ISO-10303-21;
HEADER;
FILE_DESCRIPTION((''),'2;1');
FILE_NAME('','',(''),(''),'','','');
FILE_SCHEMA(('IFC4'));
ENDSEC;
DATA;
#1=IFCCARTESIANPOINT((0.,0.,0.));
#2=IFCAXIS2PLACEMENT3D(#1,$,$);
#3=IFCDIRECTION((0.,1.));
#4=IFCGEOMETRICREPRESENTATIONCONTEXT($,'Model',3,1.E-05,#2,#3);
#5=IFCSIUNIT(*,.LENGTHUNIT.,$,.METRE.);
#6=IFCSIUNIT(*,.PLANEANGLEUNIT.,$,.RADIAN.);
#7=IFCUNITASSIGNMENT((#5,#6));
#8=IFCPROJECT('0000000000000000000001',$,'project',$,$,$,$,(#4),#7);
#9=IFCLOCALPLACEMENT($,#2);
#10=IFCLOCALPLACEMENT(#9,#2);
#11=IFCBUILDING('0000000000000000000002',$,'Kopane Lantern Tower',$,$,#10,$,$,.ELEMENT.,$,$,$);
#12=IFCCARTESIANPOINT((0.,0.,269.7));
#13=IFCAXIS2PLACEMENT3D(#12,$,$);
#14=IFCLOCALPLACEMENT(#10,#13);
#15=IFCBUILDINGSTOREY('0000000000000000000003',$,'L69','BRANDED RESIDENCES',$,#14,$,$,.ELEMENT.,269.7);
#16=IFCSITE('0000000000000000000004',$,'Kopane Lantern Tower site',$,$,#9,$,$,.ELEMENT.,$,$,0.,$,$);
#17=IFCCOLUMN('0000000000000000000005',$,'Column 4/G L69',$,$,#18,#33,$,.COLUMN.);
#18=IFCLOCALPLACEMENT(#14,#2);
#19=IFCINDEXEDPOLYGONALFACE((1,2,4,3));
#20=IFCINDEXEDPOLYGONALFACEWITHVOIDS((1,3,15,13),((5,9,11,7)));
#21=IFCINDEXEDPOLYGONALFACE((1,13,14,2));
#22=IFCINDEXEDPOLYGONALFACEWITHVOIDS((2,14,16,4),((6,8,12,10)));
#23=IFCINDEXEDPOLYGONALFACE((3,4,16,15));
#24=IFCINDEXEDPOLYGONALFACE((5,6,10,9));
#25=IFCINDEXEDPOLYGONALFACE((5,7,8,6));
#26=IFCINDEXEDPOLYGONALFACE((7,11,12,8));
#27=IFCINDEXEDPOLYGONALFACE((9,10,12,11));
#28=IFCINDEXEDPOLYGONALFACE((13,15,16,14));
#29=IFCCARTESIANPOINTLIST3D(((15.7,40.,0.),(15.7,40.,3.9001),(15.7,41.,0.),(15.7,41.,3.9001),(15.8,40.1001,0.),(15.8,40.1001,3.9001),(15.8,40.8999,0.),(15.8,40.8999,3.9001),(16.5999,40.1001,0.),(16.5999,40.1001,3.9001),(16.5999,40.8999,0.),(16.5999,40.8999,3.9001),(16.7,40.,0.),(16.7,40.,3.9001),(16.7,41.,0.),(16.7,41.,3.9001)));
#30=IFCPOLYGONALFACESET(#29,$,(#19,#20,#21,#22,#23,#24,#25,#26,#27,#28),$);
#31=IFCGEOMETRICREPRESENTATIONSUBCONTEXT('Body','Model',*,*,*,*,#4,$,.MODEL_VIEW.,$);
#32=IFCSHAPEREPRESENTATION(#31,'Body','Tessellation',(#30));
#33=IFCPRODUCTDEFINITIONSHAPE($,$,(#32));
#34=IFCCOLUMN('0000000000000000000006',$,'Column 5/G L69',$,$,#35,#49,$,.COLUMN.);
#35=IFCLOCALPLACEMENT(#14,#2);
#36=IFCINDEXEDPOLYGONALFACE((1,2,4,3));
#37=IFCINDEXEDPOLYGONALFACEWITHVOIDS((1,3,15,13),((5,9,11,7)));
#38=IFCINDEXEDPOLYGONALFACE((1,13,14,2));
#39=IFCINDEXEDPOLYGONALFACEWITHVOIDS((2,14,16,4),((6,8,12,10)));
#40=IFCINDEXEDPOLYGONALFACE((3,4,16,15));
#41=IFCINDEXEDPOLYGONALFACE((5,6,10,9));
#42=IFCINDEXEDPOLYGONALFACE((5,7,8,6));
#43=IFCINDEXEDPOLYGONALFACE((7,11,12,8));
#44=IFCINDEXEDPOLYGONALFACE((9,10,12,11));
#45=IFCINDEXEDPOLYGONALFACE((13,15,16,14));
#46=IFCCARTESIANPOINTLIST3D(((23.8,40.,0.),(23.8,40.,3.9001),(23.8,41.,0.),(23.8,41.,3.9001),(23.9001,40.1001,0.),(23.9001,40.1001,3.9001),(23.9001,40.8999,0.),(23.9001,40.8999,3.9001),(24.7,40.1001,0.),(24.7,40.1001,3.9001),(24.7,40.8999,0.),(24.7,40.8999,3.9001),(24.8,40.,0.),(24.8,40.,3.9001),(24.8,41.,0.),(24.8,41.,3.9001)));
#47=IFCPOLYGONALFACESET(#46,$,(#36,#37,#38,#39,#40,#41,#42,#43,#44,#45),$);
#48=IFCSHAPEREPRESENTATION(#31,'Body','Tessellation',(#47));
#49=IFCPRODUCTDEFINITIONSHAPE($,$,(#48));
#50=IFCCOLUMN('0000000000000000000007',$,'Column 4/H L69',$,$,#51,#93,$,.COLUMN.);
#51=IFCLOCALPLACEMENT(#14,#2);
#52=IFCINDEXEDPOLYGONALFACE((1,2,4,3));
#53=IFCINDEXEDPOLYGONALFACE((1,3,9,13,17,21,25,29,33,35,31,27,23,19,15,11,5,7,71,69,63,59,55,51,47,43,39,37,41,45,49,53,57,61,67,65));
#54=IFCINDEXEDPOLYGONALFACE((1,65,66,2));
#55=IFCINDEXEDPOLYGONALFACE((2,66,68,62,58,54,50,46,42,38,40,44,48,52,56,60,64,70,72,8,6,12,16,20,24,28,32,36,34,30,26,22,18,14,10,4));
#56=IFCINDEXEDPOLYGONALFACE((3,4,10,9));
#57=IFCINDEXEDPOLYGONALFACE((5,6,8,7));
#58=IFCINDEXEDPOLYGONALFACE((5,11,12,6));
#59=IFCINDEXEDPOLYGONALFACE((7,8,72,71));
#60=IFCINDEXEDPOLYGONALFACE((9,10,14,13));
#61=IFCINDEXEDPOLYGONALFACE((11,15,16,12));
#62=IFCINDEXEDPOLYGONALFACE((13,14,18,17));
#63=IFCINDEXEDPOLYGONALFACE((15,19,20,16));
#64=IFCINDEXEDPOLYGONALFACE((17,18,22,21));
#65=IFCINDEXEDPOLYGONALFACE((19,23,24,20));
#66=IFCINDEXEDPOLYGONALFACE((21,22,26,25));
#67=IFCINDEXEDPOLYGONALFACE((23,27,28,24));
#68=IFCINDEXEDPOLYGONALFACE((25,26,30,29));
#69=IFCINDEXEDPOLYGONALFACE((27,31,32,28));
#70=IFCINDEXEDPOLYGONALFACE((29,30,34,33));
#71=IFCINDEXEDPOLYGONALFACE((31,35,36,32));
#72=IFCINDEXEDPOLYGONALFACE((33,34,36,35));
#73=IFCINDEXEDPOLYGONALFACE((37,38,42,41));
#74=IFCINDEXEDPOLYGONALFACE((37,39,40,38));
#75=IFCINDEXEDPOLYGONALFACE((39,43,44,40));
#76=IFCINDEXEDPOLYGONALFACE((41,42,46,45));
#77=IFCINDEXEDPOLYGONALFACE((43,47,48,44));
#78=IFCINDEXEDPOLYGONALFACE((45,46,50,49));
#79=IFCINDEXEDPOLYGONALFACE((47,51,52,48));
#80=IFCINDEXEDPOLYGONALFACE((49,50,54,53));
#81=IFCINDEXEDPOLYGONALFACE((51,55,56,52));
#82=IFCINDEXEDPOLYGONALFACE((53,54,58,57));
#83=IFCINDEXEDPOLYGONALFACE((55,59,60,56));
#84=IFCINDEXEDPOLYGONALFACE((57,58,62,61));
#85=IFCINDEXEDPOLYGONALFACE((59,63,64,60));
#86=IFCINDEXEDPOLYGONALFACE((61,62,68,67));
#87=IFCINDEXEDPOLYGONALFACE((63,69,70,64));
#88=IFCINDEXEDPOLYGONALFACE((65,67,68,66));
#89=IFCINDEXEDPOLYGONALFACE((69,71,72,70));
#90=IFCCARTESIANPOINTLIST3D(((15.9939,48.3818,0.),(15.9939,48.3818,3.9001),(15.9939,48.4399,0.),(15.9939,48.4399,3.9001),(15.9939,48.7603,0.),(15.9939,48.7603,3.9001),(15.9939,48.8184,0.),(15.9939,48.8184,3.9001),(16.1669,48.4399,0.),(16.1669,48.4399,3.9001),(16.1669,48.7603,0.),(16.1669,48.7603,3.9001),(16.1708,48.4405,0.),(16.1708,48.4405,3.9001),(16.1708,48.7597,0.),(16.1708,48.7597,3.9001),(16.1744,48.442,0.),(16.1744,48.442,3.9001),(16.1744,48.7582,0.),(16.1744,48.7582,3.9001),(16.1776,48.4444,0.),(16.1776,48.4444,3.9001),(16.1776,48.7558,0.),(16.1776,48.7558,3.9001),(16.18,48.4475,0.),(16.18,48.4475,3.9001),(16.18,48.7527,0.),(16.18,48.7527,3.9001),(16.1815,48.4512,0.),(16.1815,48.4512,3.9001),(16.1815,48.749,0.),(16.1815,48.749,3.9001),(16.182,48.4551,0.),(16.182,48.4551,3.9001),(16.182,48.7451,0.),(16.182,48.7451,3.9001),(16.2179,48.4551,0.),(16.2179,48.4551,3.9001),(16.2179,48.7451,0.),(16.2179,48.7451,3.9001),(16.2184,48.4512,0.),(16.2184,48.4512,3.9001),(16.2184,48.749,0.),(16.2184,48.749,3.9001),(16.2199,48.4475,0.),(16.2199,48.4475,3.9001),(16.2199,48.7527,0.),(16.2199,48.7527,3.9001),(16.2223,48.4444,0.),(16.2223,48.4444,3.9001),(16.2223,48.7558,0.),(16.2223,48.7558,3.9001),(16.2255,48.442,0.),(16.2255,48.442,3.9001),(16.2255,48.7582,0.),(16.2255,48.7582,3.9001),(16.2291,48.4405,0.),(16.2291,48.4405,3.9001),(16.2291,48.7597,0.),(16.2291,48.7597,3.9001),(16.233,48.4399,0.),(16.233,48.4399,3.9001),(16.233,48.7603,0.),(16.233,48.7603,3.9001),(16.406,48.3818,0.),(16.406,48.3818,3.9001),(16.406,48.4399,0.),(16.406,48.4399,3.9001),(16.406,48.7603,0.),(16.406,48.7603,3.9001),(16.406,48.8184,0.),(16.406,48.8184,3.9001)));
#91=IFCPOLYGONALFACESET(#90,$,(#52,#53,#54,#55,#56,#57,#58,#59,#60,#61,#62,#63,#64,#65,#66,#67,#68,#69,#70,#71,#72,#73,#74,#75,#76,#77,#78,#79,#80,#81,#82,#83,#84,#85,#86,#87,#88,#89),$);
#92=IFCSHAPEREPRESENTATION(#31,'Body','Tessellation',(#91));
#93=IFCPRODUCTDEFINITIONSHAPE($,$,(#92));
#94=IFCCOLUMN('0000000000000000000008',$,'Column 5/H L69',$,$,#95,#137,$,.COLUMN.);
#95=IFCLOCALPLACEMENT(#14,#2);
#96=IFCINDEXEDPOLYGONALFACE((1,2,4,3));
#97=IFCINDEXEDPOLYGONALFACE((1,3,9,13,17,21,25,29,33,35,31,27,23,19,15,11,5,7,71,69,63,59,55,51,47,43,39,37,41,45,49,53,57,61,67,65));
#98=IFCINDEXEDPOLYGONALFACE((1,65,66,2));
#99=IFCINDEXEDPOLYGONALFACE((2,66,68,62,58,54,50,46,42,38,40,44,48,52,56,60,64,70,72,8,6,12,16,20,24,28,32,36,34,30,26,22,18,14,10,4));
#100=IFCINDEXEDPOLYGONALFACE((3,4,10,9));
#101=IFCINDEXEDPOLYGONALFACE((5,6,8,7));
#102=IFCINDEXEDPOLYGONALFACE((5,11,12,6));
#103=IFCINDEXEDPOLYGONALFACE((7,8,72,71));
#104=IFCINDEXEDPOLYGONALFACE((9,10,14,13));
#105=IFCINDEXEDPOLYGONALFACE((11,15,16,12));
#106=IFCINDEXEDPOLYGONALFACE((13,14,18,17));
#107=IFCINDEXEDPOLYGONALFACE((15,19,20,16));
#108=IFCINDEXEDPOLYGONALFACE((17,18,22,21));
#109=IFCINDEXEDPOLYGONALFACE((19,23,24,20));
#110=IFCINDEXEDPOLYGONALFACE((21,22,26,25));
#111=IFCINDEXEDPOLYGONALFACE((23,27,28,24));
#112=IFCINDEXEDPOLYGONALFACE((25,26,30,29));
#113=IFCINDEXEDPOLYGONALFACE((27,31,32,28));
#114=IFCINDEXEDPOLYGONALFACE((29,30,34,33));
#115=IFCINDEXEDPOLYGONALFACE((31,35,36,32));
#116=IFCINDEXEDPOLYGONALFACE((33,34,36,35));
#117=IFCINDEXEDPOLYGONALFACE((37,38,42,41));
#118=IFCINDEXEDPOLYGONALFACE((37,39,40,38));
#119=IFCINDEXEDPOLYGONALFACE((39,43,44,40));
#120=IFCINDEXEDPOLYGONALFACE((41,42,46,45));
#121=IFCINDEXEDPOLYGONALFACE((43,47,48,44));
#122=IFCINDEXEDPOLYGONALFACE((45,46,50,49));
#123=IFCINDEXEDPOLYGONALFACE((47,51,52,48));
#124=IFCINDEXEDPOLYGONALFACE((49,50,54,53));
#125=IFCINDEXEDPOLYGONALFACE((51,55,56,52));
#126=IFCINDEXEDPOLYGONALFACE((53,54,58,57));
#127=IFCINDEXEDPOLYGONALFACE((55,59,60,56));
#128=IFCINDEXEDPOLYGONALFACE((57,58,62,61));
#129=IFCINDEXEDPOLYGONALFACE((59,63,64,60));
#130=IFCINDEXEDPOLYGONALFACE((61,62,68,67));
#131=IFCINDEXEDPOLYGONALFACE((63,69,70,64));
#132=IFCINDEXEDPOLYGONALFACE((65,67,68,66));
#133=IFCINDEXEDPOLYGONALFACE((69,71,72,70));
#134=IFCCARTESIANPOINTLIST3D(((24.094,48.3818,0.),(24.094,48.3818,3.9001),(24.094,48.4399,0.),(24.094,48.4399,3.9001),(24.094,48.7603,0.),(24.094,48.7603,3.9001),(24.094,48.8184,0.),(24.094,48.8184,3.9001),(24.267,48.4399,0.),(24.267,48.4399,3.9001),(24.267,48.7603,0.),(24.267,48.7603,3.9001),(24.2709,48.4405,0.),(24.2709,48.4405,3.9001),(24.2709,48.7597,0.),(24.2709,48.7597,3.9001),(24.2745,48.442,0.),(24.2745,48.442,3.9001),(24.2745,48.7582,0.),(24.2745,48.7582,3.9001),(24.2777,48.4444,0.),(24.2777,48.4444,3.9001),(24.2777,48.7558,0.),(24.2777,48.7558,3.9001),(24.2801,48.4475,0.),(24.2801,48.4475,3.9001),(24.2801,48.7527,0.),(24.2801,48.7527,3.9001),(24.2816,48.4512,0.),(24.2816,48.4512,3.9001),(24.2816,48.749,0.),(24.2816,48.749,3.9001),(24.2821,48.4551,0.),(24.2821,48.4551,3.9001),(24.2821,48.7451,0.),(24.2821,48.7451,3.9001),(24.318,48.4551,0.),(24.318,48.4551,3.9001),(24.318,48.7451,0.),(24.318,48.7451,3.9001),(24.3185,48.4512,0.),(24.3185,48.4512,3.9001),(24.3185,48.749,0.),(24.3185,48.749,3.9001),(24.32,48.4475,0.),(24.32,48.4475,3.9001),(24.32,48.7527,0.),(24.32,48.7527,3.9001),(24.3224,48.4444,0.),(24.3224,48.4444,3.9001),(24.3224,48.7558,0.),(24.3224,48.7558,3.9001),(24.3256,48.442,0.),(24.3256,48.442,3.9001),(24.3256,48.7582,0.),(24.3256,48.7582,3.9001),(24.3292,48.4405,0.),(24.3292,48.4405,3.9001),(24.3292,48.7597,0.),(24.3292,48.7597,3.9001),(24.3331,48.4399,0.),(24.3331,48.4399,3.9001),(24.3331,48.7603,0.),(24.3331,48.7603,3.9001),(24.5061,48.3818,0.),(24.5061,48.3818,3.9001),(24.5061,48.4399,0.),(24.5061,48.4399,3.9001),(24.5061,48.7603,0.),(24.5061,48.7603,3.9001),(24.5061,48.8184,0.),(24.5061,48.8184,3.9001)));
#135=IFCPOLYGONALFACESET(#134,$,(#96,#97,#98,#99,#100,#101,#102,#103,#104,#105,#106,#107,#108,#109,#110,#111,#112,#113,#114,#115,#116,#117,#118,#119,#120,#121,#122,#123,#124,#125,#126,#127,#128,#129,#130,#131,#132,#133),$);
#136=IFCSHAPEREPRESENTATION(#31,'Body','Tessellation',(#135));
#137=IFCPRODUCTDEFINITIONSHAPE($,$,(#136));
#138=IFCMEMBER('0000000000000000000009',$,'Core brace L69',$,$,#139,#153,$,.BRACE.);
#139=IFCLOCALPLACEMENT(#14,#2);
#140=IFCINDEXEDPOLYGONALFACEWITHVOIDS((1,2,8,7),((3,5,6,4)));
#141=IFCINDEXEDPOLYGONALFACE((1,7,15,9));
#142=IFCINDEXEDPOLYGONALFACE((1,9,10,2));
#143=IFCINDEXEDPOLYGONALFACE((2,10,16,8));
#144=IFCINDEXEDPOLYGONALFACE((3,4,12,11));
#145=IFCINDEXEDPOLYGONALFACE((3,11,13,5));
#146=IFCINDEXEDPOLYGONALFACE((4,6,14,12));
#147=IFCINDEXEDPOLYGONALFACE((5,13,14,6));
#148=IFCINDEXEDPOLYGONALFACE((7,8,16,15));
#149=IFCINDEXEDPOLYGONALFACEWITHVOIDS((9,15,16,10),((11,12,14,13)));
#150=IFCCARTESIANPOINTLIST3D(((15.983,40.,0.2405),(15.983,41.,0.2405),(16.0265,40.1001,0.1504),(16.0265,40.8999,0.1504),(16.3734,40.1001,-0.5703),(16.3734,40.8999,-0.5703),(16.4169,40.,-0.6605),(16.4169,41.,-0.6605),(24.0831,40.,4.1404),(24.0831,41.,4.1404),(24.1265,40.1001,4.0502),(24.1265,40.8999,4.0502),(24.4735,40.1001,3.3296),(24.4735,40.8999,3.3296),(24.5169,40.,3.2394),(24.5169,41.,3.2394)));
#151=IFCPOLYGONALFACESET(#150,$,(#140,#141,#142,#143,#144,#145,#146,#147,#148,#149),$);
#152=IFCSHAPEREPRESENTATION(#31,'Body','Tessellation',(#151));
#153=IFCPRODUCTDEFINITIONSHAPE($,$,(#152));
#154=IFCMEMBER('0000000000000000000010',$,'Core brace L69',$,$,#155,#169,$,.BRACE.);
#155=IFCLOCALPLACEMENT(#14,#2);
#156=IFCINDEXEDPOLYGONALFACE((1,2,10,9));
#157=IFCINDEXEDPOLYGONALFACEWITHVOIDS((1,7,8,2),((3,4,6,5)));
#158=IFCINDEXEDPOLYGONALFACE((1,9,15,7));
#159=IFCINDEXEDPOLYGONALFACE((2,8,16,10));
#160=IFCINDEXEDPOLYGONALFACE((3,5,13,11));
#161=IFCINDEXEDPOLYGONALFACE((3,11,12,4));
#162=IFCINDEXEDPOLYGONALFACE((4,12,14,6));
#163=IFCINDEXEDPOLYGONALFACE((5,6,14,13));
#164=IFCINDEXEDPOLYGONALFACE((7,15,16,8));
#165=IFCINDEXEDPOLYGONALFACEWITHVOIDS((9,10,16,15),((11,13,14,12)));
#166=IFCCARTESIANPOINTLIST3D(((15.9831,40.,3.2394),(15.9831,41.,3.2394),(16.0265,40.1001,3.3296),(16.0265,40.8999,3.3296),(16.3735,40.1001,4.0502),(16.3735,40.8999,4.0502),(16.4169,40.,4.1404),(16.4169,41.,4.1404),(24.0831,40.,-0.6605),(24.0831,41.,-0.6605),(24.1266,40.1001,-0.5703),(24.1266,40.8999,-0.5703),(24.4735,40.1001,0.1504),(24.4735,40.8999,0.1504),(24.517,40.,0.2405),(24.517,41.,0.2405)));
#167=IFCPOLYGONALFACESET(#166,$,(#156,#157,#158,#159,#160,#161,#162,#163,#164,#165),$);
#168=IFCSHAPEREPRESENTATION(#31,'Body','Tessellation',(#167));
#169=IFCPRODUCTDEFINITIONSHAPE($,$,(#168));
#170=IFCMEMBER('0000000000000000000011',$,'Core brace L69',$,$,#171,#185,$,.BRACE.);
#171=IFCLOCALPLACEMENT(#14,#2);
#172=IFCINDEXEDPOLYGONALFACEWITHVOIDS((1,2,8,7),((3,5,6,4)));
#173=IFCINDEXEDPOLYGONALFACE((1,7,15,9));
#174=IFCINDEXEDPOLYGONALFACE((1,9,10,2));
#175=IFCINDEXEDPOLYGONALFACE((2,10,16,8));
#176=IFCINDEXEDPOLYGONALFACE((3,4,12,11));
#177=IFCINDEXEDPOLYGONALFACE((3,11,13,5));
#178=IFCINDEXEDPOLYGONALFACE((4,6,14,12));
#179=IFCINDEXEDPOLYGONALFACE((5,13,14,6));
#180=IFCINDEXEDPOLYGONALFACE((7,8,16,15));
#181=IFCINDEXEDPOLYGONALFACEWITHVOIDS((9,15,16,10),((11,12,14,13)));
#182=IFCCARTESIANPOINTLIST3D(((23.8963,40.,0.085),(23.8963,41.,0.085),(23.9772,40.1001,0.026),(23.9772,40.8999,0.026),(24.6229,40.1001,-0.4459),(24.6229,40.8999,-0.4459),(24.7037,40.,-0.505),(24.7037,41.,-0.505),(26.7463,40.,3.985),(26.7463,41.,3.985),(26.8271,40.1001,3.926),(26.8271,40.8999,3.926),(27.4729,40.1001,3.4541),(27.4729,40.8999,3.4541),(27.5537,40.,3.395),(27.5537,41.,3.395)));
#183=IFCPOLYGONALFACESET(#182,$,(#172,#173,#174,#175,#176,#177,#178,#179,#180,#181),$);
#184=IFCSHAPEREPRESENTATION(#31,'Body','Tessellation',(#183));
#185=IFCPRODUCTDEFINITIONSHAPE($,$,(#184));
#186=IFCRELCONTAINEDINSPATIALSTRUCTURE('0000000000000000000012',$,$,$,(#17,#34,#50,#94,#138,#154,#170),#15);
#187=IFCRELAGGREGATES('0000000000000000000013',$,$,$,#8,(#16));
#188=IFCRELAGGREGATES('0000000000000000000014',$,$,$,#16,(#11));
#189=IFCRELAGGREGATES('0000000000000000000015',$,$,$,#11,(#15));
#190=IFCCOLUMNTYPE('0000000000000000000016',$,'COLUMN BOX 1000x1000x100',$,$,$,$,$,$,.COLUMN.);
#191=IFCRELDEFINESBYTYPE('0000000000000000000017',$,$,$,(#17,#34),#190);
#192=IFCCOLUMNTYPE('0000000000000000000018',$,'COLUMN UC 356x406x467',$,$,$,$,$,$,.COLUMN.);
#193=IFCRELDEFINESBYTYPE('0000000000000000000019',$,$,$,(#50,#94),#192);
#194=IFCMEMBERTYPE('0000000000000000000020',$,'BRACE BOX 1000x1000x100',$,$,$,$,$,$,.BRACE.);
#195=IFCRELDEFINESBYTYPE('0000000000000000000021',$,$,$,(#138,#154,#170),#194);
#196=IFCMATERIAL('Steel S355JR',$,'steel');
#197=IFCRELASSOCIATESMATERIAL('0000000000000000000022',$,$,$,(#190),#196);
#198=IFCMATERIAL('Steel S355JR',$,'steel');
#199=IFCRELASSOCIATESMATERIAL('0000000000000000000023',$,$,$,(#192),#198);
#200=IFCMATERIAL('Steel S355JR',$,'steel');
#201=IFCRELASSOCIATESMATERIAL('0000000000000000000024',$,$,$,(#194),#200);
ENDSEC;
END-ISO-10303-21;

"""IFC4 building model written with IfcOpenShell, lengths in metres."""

from ifc_helpers import new_model, si_unit, direction, frame, origin, origin_2d, place, context, subcontext, project, spatial, hollow_rectangle, i_section, extrude, material, material_profile, profile_set, type_object, element, save


model = new_model("IFC4")

# Units and contexts
model_context = context("Model", 3, precision=1e-05, world=origin(), true_north=direction((0.0, 1.0)))
body_context = subcontext(model_context, "Body", "Model", "MODEL_VIEW")
ifc_project = project(units=[si_unit("LENGTHUNIT", "METRE"), si_unit("PLANEANGLEUNIT", "RADIAN")], contexts=[model_context])

# Site, building, storey
site_placement = place(None, origin())
site = spatial("IfcSite", under=ifc_project, at=site_placement, Name="Kopane Lantern Tower site", CompositionType="ELEMENT", RefElevation=0.0)
building_placement = place(site_placement, origin())
building = spatial("IfcBuilding", under=site, at=building_placement, Name="Kopane Lantern Tower", CompositionType="ELEMENT")
storey_placement = place(building_placement, frame((0.0, 0.0, 269.7)))
storey = spatial("IfcBuildingStorey", under=building, at=storey_placement, Name="L69", Description="BRANDED RESIDENCES", CompositionType="ELEMENT", Elevation=269.7)

# Columns
ifc_material_1 = material(Name="Steel S355JR", Category="steel")
ifc_material_profile_1 = material_profile(ifc_material_1, hollow_rectangle(XDim=1.0, YDim=1.0, WallThickness=0.1001, at=origin_2d()), Name="BOX 1000x1000x100")
ifc_profile_set_1 = profile_set([ifc_material_profile_1], Name="Steel S355JR")
column_type_1 = type_object("IfcColumnType", Name="COLUMN BOX 1000x1000x100", PredefinedType="COLUMN", material=ifc_profile_set_1)
for number, where, z_axis, x_axis, name in (
    (1, (16.2, 40.5, 0.0), (0.0, 0.0, 1.0), (1.0, 0.0, 0.0), "Column 4/G L69"),
    (2, (24.3, 40.5, 0.0), (0.0, 0.0, 1.0), (1.0, 0.0, 0.0), "Column 5/G L69"),
):
    element("IfcColumn", number, at=place(storey_placement, frame(where, z_axis=z_axis, x_axis=x_axis)), inside=storey, type_object=column_type_1, Name=name, PredefinedType="COLUMN", context=body_context, shape_type="SweptSolid", body=[
        extrude(hollow_rectangle(XDim=1.0, YDim=1.0, WallThickness=0.1001, at=origin_2d()), origin(), (0.0, 0.0, 1.0), 3.9001),
    ])
ifc_material_2 = material(Name="Steel S355JR", Category="steel")
ifc_material_profile_2 = material_profile(ifc_material_2, i_section(OverallWidth=0.4121, OverallDepth=0.4365, WebThickness=0.0359, FlangeThickness=0.0581, FilletRadius=0.0151, at=origin_2d()), Name="UC 356x406x467")
ifc_profile_set_2 = profile_set([ifc_material_profile_2], Name="Steel S355JR")
column_type_2 = type_object("IfcColumnType", Name="COLUMN UC 356x406x467", PredefinedType="COLUMN", material=ifc_profile_set_2)
for number, where, z_axis, x_axis, name in (
    (3, (16.2, 48.6001, 0.0), (0.0, 0.0, 1.0), (1.0, 0.0, 0.0), "Column 4/H L69"),
    (4, (24.3, 48.6001, 0.0), (0.0, 0.0, 1.0), (1.0, 0.0, 0.0), "Column 5/H L69"),
):
    element("IfcColumn", number, at=place(storey_placement, frame(where, z_axis=z_axis, x_axis=x_axis)), inside=storey, type_object=column_type_2, Name=name, PredefinedType="COLUMN", context=body_context, shape_type="SweptSolid", body=[
        extrude(i_section(OverallWidth=0.4121, OverallDepth=0.4365, WebThickness=0.0359, FlangeThickness=0.0581, FilletRadius=0.0151, at=origin_2d()), origin(), (0.0, 0.0, 1.0), 3.9001),
    ])

# Members
ifc_material_3 = material(Name="Steel S355JR", Category="steel")
ifc_material_profile_3 = material_profile(ifc_material_3, hollow_rectangle(XDim=1.0, YDim=1.0, WallThickness=0.1001, at=origin_2d()), Name="BOX 1000x1000x100")
ifc_profile_set_3 = profile_set([ifc_material_profile_3], Name="Steel S355JR")
member_type_1 = type_object("IfcMemberType", Name="BRACE BOX 1000x1000x100", PredefinedType="BRACE", material=ifc_profile_set_3)
for number, where, z_axis, x_axis, name in (
    (5, (16.2, 40.5, -0.21), (0.901008, 0.0, 0.433803), (0.0, 1.0, 0.0), "Core brace L69"),
    (6, (24.3, 40.5, -0.21), (-0.901008, 0.0, 0.433803), (0.0, -1.0, 0.0), "Core brace L69"),
):
    element("IfcMember", number, at=place(storey_placement, frame(where, z_axis=z_axis, x_axis=x_axis)), inside=storey, type_object=member_type_1, Name=name, PredefinedType="BRACE", context=body_context, shape_type="SweptSolid", body=[
        extrude(hollow_rectangle(XDim=1.0, YDim=1.0, WallThickness=0.1001, at=origin_2d()), origin(), (0.0, 0.0, 1.0), 8.99),
    ])
member_1_placement = place(storey_placement, frame((24.3, 40.5, -0.21), z_axis=(0.590006, 0.0, 0.807399), x_axis=(0.0, 1.0, 0.0)))
element("IfcMember", 7, at=member_1_placement, inside=storey, type_object=member_type_1, Name="Core brace L69", PredefinedType="BRACE", context=body_context, shape_type="SweptSolid", body=[
    extrude(hollow_rectangle(XDim=1.0, YDim=1.0, WallThickness=0.1001, at=origin_2d()), origin(), (0.0, 0.0, 1.0), 4.8303),
])

save(model, "model.ifc")
